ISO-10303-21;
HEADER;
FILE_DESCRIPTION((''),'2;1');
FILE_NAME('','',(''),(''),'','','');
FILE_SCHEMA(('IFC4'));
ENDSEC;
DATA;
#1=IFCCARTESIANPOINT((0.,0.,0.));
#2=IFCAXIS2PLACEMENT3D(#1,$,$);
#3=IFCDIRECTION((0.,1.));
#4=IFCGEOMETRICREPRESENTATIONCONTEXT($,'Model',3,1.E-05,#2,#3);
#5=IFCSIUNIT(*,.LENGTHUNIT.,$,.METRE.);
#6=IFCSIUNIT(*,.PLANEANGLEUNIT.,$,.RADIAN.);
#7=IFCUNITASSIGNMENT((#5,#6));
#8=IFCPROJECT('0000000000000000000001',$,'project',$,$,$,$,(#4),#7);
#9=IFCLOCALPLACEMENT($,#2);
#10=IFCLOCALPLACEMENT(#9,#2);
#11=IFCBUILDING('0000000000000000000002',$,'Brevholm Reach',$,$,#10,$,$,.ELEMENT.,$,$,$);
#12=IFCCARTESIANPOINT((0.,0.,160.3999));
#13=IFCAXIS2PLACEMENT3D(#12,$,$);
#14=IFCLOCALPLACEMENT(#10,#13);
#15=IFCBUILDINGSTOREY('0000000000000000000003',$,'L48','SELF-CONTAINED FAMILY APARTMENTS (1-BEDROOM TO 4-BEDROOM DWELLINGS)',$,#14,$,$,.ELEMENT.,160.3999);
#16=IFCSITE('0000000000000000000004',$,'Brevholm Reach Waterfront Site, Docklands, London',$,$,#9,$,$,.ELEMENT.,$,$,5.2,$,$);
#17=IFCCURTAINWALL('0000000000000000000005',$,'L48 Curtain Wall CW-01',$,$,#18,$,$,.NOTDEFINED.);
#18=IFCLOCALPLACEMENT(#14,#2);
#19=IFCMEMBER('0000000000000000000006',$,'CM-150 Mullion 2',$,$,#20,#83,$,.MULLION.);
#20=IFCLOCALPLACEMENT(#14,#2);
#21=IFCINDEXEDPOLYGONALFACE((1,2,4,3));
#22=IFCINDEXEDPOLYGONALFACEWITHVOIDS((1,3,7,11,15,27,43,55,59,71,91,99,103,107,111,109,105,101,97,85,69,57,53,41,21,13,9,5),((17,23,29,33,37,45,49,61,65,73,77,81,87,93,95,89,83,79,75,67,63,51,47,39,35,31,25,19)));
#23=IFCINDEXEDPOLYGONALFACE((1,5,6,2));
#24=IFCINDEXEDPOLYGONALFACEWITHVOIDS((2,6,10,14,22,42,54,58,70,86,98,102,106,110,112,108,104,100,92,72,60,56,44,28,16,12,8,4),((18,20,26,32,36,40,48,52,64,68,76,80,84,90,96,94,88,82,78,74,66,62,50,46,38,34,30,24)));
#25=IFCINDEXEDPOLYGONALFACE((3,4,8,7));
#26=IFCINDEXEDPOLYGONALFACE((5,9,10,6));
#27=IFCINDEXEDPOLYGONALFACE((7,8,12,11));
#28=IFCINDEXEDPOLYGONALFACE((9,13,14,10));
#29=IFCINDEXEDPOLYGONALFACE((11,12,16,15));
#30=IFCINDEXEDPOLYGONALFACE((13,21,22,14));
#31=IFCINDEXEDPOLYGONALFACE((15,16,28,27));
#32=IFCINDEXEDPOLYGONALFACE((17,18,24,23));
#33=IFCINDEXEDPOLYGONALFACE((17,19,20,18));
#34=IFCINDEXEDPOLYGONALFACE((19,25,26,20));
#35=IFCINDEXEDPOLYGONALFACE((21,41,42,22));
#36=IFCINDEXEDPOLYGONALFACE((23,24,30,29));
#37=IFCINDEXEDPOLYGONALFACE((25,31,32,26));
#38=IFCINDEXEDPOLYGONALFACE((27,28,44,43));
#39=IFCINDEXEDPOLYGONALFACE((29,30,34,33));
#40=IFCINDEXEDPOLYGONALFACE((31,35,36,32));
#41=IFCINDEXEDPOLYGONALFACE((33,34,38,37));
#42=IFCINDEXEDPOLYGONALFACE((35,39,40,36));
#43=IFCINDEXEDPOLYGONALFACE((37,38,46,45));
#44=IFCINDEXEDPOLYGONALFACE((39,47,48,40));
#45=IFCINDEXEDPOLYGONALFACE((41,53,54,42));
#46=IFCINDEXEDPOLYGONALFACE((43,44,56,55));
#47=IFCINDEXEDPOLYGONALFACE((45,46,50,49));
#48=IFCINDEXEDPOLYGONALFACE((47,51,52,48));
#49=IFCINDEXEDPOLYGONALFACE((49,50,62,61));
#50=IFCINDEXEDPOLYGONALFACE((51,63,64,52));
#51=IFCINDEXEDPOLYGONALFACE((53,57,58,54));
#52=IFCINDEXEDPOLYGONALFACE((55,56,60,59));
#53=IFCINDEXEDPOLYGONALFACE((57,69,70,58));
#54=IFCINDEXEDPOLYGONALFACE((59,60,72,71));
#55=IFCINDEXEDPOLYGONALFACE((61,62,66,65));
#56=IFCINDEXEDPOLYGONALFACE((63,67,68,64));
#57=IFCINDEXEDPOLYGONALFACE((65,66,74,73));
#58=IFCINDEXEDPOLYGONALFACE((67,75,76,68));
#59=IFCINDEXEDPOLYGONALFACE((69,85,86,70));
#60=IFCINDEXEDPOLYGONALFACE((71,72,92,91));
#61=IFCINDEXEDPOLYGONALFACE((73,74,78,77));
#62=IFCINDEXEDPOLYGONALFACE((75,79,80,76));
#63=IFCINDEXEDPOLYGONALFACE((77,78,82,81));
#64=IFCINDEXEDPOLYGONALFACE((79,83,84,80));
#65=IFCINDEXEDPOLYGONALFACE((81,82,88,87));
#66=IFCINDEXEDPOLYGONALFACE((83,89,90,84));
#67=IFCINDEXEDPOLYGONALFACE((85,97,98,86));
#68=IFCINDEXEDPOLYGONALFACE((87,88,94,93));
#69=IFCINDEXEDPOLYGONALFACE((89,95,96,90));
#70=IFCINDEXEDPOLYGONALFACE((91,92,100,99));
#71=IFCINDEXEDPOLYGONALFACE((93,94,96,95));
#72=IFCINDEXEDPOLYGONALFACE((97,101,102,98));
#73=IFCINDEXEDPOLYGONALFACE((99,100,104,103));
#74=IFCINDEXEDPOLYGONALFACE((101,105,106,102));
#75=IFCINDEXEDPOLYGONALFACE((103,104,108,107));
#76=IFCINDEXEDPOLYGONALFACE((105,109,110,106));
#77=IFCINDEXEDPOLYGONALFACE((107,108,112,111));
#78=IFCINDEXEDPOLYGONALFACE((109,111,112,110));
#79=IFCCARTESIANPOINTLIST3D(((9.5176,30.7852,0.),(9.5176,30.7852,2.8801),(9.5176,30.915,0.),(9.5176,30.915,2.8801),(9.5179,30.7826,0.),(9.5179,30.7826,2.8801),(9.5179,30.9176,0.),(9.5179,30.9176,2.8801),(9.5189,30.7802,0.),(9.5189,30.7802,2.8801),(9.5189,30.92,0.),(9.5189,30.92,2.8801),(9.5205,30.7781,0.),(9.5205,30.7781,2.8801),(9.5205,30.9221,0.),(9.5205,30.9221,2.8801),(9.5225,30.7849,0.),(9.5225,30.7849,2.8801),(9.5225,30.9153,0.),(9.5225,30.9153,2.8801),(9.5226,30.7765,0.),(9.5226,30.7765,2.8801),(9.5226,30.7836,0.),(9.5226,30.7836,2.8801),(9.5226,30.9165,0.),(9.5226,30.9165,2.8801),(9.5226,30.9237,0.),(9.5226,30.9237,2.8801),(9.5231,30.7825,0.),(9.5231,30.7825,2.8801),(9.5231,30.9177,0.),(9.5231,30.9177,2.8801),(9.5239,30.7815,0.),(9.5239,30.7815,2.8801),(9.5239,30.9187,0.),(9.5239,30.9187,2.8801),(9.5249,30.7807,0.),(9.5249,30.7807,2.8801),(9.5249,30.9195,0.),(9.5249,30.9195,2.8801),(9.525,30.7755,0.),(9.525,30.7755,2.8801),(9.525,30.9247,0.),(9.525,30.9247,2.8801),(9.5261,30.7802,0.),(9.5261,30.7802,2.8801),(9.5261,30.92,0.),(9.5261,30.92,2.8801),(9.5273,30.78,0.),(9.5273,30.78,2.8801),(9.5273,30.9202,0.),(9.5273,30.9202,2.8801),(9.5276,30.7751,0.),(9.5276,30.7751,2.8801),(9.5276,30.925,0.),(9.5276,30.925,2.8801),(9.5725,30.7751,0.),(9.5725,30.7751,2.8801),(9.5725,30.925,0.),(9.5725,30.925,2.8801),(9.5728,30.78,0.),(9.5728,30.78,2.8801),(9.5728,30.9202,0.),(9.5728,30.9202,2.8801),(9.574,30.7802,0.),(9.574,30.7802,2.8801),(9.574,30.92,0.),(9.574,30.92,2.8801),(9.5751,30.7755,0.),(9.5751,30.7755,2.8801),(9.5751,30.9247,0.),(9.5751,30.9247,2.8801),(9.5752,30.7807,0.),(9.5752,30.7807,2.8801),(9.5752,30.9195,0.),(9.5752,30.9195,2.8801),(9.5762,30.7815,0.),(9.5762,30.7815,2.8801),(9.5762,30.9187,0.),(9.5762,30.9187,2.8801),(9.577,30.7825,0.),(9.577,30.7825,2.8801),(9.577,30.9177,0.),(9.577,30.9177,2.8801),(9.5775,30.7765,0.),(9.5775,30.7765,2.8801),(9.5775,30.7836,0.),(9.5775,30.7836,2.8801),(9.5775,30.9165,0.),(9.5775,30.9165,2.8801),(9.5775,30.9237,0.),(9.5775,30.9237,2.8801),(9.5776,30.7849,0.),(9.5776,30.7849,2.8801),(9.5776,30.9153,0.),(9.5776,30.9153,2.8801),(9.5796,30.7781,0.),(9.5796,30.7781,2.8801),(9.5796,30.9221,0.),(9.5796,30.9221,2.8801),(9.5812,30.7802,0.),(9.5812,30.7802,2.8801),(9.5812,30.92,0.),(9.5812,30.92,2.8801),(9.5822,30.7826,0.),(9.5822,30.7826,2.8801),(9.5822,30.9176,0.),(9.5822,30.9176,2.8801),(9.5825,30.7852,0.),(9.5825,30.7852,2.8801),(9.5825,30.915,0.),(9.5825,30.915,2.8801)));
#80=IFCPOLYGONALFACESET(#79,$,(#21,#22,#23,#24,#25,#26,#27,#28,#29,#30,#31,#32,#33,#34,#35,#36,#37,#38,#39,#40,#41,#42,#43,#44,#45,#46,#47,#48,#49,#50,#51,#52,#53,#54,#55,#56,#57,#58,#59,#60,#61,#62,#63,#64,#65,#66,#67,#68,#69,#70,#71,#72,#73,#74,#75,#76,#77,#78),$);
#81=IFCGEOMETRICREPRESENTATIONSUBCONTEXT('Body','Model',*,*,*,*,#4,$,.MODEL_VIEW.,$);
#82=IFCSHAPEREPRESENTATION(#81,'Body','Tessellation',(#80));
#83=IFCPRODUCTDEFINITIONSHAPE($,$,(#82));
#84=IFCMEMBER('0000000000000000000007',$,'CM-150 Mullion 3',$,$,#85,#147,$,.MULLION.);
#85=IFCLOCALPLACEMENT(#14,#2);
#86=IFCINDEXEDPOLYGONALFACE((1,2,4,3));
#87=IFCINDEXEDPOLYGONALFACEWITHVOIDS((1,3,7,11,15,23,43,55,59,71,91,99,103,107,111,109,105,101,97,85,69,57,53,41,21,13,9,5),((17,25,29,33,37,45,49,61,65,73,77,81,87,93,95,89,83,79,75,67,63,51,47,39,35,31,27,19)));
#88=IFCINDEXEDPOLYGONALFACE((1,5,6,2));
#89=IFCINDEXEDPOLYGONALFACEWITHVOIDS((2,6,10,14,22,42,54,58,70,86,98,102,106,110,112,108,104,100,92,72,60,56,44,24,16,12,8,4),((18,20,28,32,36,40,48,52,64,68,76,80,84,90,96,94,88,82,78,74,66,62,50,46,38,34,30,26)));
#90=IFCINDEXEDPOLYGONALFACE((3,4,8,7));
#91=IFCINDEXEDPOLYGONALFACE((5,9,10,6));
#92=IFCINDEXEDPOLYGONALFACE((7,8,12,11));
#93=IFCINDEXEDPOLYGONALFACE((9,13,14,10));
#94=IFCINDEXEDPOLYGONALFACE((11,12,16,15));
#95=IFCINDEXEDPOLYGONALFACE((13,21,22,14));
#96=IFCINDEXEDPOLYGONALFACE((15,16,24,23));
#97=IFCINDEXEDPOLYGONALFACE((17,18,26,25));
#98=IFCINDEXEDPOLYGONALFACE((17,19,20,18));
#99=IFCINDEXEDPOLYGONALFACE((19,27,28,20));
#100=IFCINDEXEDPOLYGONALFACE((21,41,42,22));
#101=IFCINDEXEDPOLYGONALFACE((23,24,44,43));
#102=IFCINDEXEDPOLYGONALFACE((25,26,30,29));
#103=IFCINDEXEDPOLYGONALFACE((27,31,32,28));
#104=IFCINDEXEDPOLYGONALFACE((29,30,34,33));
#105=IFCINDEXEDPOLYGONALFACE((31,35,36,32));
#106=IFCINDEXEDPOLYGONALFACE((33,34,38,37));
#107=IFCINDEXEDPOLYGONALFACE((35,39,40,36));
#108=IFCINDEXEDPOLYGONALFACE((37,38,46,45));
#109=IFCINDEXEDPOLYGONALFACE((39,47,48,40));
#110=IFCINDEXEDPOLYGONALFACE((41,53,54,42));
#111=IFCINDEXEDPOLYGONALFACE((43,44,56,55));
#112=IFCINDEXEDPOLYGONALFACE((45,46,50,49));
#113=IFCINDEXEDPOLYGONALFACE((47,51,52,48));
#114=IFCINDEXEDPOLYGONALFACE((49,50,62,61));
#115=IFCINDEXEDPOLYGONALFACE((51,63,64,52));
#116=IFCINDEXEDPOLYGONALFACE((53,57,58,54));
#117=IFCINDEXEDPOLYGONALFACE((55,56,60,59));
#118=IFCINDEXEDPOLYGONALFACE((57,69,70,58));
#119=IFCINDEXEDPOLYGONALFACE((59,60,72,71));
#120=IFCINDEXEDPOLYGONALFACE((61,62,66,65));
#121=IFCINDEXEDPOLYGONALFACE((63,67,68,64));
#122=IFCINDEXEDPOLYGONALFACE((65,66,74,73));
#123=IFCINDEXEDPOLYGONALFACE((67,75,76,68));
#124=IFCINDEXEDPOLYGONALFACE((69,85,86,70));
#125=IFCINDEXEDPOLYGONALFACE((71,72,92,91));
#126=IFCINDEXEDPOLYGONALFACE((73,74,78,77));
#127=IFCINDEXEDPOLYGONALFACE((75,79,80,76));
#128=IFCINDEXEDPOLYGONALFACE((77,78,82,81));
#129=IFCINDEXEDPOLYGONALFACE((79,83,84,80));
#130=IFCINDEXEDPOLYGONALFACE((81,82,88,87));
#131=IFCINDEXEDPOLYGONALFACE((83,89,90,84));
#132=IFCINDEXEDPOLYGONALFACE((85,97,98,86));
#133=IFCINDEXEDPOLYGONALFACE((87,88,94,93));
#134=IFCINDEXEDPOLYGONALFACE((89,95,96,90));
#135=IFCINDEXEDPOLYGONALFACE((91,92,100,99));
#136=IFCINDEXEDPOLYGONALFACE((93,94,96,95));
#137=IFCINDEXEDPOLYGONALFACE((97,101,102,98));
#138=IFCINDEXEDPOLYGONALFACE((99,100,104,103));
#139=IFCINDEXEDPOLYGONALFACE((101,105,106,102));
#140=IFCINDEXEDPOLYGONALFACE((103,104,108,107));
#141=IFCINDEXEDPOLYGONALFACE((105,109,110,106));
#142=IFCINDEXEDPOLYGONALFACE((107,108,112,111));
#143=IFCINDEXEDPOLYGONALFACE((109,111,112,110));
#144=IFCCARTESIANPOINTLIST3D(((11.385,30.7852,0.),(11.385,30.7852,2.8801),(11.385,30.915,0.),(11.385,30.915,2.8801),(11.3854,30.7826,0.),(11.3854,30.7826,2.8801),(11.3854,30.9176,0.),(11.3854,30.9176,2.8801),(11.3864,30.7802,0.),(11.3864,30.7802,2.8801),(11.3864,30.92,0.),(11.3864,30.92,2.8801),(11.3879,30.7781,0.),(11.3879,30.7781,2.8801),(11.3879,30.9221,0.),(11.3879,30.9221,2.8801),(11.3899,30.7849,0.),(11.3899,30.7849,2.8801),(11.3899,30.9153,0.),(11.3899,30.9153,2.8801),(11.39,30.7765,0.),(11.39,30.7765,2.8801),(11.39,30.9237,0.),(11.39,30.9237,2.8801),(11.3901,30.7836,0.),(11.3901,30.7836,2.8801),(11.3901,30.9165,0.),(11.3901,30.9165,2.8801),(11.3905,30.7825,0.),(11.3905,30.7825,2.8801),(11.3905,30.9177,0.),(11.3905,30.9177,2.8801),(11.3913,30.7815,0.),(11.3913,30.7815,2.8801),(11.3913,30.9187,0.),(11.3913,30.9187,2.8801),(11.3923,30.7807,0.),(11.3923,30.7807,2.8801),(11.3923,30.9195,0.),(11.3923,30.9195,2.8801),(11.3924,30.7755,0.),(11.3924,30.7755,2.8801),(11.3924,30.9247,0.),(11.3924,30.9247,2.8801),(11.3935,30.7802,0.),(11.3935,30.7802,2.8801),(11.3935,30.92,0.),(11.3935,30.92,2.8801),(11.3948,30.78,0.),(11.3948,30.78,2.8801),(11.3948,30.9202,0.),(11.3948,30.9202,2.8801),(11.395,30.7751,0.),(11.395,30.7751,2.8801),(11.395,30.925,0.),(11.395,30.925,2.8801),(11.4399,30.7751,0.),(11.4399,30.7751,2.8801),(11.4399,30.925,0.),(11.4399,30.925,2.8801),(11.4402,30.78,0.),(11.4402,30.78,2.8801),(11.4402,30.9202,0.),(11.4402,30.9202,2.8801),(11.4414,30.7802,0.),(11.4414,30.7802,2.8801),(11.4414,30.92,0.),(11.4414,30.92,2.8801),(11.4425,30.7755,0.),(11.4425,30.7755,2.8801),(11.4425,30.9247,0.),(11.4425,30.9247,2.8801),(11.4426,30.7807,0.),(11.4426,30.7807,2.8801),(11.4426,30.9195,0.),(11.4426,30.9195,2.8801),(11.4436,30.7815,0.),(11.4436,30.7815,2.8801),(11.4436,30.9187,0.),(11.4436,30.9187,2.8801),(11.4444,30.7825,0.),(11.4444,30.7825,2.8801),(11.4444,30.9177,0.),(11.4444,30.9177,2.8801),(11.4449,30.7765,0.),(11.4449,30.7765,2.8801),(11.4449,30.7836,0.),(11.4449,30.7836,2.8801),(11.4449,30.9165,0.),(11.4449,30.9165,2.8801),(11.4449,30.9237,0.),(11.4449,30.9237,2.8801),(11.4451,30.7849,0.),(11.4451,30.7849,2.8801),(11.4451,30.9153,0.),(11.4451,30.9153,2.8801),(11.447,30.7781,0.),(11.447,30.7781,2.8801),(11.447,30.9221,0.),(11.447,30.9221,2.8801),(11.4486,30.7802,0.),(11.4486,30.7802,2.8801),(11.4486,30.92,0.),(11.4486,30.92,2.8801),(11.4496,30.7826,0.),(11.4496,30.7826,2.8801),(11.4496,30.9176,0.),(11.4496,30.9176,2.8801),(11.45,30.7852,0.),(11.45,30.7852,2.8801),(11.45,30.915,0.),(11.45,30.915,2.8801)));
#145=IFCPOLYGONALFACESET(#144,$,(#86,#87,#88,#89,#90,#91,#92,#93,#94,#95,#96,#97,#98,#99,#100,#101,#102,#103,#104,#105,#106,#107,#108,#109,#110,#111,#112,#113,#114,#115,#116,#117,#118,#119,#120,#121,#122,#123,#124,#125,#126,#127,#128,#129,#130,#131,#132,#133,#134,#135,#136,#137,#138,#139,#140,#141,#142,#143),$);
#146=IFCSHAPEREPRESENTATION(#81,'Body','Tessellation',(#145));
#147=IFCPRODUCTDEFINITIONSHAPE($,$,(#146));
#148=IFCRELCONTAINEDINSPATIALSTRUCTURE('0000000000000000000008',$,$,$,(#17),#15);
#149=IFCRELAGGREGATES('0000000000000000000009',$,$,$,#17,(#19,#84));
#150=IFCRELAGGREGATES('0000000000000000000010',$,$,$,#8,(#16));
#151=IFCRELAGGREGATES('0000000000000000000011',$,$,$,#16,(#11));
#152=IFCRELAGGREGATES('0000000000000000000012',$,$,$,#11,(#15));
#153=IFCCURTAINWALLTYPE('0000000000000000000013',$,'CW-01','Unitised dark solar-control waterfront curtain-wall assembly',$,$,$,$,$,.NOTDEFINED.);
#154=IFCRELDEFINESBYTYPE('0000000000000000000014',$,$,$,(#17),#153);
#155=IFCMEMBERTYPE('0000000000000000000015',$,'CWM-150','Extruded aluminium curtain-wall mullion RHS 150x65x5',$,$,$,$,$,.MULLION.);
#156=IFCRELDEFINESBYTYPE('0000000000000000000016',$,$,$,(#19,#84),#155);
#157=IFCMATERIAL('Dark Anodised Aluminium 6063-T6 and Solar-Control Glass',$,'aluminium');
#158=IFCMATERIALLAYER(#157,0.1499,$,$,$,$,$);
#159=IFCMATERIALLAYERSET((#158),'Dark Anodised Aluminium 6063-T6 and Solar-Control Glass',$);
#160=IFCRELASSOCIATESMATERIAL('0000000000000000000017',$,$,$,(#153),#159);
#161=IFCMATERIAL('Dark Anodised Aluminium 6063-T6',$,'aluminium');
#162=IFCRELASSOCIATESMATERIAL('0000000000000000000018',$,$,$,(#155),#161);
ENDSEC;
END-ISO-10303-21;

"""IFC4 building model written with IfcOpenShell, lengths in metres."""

from ifc_helpers import new_model, si_unit, direction, frame, origin, origin_2d, place, context, subcontext, project, spatial, hollow_rectangle, extrude, material, layer, layer_set, material_profile, profile_set, type_object, element, aggregate, save


model = new_model("IFC4")

# Units and contexts
model_context = context("Model", 3, precision=1e-05, world=origin(), true_north=direction((0.0, 1.0)))
body_context = subcontext(model_context, "Body", "Model", "MODEL_VIEW")
ifc_project = project(units=[si_unit("LENGTHUNIT", "METRE"), si_unit("PLANEANGLEUNIT", "RADIAN")], contexts=[model_context])

# Site, building, storey
site_placement = place(None, origin())
site = spatial("IfcSite", under=ifc_project, at=site_placement, Name="Brevholm Reach Waterfront Site, Docklands, London", CompositionType="ELEMENT", RefElevation=5.2)
building_placement = place(site_placement, origin())
building = spatial("IfcBuilding", under=site, at=building_placement, Name="Brevholm Reach", CompositionType="ELEMENT")
storey_placement = place(building_placement, frame((0.0, 0.0, 160.3999)))
storey = spatial("IfcBuildingStorey", under=building, at=storey_placement, Name="L48", Description="SELF-CONTAINED FAMILY APARTMENTS (1-BEDROOM TO 4-BEDROOM DWELLINGS)", CompositionType="ELEMENT", Elevation=160.3999)

# Curtain wall, members
ifc_material_1 = material(Name="Dark Anodised Aluminium 6063-T6 and Solar-Control Glass", Category="aluminium")
ifc_layer_1 = layer(ifc_material_1, 0.1499)
ifc_layer_set_1 = layer_set([ifc_layer_1], Name="Dark Anodised Aluminium 6063-T6 and Solar-Control Glass")
curtain_wall_type = type_object("IfcCurtainWallType", Name="CW-01", Description="Unitised dark solar-control waterfront curtain-wall assembly", PredefinedType="NOTDEFINED", material=ifc_layer_set_1)
curtain_wall_placement = place(storey_placement, origin())
curtain_wall = element("IfcCurtainWall", 1, at=curtain_wall_placement, inside=storey, type_object=curtain_wall_type, Name="L48 Curtain Wall CW-01", PredefinedType="NOTDEFINED")
ifc_material_2 = material(Name="Dark Anodised Aluminium 6063-T6", Category="aluminium")
ifc_material_profile_1 = material_profile(ifc_material_2, hollow_rectangle(XDim=0.0649, YDim=0.1499, WallThickness=0.0049, InnerFilletRadius=0.0049, OuterFilletRadius=0.01, at=origin_2d()), Name="RHS 150x65x5")
ifc_profile_set_1 = profile_set([ifc_material_profile_1], Name="Dark Anodised Aluminium 6063-T6")
member_type_1 = type_object("IfcMemberType", Name="CWM-150", Description="Extruded aluminium curtain-wall mullion RHS 150x65x5", PredefinedType="MULLION", material=ifc_profile_set_1)
member_1_placement = place(storey_placement, frame((9.55, 30.8501, 0.0), z_axis=(0.0, 0.0, 1.0), x_axis=(1.0, 0.0, 0.0)))
member_1 = element("IfcMember", 2, at=member_1_placement, type_object=member_type_1, Name="CM-150 Mullion 2", PredefinedType="MULLION", context=body_context, shape_type="SweptSolid", body=[
    extrude(hollow_rectangle(XDim=0.0649, YDim=0.1499, WallThickness=0.0049, InnerFilletRadius=0.0049, OuterFilletRadius=0.01, at=origin_2d()), origin(), (0.0, 0.0, 1.0), 2.8801),
])
member_2_placement = place(storey_placement, frame((11.4175, 30.8501, 0.0), z_axis=(0.0, 0.0, 1.0), x_axis=(1.0, 0.0, 0.0)))
member_2 = element("IfcMember", 3, at=member_2_placement, type_object=member_type_1, Name="CM-150 Mullion 3", PredefinedType="MULLION", context=body_context, shape_type="SweptSolid", body=[
    extrude(hollow_rectangle(XDim=0.0649, YDim=0.1499, WallThickness=0.0049, InnerFilletRadius=0.0049, OuterFilletRadius=0.01, at=origin_2d()), origin(), (0.0, 0.0, 1.0), 2.8801),
])
aggregate(curtain_wall, [member_1, member_2])

save(model, "model.ifc")
